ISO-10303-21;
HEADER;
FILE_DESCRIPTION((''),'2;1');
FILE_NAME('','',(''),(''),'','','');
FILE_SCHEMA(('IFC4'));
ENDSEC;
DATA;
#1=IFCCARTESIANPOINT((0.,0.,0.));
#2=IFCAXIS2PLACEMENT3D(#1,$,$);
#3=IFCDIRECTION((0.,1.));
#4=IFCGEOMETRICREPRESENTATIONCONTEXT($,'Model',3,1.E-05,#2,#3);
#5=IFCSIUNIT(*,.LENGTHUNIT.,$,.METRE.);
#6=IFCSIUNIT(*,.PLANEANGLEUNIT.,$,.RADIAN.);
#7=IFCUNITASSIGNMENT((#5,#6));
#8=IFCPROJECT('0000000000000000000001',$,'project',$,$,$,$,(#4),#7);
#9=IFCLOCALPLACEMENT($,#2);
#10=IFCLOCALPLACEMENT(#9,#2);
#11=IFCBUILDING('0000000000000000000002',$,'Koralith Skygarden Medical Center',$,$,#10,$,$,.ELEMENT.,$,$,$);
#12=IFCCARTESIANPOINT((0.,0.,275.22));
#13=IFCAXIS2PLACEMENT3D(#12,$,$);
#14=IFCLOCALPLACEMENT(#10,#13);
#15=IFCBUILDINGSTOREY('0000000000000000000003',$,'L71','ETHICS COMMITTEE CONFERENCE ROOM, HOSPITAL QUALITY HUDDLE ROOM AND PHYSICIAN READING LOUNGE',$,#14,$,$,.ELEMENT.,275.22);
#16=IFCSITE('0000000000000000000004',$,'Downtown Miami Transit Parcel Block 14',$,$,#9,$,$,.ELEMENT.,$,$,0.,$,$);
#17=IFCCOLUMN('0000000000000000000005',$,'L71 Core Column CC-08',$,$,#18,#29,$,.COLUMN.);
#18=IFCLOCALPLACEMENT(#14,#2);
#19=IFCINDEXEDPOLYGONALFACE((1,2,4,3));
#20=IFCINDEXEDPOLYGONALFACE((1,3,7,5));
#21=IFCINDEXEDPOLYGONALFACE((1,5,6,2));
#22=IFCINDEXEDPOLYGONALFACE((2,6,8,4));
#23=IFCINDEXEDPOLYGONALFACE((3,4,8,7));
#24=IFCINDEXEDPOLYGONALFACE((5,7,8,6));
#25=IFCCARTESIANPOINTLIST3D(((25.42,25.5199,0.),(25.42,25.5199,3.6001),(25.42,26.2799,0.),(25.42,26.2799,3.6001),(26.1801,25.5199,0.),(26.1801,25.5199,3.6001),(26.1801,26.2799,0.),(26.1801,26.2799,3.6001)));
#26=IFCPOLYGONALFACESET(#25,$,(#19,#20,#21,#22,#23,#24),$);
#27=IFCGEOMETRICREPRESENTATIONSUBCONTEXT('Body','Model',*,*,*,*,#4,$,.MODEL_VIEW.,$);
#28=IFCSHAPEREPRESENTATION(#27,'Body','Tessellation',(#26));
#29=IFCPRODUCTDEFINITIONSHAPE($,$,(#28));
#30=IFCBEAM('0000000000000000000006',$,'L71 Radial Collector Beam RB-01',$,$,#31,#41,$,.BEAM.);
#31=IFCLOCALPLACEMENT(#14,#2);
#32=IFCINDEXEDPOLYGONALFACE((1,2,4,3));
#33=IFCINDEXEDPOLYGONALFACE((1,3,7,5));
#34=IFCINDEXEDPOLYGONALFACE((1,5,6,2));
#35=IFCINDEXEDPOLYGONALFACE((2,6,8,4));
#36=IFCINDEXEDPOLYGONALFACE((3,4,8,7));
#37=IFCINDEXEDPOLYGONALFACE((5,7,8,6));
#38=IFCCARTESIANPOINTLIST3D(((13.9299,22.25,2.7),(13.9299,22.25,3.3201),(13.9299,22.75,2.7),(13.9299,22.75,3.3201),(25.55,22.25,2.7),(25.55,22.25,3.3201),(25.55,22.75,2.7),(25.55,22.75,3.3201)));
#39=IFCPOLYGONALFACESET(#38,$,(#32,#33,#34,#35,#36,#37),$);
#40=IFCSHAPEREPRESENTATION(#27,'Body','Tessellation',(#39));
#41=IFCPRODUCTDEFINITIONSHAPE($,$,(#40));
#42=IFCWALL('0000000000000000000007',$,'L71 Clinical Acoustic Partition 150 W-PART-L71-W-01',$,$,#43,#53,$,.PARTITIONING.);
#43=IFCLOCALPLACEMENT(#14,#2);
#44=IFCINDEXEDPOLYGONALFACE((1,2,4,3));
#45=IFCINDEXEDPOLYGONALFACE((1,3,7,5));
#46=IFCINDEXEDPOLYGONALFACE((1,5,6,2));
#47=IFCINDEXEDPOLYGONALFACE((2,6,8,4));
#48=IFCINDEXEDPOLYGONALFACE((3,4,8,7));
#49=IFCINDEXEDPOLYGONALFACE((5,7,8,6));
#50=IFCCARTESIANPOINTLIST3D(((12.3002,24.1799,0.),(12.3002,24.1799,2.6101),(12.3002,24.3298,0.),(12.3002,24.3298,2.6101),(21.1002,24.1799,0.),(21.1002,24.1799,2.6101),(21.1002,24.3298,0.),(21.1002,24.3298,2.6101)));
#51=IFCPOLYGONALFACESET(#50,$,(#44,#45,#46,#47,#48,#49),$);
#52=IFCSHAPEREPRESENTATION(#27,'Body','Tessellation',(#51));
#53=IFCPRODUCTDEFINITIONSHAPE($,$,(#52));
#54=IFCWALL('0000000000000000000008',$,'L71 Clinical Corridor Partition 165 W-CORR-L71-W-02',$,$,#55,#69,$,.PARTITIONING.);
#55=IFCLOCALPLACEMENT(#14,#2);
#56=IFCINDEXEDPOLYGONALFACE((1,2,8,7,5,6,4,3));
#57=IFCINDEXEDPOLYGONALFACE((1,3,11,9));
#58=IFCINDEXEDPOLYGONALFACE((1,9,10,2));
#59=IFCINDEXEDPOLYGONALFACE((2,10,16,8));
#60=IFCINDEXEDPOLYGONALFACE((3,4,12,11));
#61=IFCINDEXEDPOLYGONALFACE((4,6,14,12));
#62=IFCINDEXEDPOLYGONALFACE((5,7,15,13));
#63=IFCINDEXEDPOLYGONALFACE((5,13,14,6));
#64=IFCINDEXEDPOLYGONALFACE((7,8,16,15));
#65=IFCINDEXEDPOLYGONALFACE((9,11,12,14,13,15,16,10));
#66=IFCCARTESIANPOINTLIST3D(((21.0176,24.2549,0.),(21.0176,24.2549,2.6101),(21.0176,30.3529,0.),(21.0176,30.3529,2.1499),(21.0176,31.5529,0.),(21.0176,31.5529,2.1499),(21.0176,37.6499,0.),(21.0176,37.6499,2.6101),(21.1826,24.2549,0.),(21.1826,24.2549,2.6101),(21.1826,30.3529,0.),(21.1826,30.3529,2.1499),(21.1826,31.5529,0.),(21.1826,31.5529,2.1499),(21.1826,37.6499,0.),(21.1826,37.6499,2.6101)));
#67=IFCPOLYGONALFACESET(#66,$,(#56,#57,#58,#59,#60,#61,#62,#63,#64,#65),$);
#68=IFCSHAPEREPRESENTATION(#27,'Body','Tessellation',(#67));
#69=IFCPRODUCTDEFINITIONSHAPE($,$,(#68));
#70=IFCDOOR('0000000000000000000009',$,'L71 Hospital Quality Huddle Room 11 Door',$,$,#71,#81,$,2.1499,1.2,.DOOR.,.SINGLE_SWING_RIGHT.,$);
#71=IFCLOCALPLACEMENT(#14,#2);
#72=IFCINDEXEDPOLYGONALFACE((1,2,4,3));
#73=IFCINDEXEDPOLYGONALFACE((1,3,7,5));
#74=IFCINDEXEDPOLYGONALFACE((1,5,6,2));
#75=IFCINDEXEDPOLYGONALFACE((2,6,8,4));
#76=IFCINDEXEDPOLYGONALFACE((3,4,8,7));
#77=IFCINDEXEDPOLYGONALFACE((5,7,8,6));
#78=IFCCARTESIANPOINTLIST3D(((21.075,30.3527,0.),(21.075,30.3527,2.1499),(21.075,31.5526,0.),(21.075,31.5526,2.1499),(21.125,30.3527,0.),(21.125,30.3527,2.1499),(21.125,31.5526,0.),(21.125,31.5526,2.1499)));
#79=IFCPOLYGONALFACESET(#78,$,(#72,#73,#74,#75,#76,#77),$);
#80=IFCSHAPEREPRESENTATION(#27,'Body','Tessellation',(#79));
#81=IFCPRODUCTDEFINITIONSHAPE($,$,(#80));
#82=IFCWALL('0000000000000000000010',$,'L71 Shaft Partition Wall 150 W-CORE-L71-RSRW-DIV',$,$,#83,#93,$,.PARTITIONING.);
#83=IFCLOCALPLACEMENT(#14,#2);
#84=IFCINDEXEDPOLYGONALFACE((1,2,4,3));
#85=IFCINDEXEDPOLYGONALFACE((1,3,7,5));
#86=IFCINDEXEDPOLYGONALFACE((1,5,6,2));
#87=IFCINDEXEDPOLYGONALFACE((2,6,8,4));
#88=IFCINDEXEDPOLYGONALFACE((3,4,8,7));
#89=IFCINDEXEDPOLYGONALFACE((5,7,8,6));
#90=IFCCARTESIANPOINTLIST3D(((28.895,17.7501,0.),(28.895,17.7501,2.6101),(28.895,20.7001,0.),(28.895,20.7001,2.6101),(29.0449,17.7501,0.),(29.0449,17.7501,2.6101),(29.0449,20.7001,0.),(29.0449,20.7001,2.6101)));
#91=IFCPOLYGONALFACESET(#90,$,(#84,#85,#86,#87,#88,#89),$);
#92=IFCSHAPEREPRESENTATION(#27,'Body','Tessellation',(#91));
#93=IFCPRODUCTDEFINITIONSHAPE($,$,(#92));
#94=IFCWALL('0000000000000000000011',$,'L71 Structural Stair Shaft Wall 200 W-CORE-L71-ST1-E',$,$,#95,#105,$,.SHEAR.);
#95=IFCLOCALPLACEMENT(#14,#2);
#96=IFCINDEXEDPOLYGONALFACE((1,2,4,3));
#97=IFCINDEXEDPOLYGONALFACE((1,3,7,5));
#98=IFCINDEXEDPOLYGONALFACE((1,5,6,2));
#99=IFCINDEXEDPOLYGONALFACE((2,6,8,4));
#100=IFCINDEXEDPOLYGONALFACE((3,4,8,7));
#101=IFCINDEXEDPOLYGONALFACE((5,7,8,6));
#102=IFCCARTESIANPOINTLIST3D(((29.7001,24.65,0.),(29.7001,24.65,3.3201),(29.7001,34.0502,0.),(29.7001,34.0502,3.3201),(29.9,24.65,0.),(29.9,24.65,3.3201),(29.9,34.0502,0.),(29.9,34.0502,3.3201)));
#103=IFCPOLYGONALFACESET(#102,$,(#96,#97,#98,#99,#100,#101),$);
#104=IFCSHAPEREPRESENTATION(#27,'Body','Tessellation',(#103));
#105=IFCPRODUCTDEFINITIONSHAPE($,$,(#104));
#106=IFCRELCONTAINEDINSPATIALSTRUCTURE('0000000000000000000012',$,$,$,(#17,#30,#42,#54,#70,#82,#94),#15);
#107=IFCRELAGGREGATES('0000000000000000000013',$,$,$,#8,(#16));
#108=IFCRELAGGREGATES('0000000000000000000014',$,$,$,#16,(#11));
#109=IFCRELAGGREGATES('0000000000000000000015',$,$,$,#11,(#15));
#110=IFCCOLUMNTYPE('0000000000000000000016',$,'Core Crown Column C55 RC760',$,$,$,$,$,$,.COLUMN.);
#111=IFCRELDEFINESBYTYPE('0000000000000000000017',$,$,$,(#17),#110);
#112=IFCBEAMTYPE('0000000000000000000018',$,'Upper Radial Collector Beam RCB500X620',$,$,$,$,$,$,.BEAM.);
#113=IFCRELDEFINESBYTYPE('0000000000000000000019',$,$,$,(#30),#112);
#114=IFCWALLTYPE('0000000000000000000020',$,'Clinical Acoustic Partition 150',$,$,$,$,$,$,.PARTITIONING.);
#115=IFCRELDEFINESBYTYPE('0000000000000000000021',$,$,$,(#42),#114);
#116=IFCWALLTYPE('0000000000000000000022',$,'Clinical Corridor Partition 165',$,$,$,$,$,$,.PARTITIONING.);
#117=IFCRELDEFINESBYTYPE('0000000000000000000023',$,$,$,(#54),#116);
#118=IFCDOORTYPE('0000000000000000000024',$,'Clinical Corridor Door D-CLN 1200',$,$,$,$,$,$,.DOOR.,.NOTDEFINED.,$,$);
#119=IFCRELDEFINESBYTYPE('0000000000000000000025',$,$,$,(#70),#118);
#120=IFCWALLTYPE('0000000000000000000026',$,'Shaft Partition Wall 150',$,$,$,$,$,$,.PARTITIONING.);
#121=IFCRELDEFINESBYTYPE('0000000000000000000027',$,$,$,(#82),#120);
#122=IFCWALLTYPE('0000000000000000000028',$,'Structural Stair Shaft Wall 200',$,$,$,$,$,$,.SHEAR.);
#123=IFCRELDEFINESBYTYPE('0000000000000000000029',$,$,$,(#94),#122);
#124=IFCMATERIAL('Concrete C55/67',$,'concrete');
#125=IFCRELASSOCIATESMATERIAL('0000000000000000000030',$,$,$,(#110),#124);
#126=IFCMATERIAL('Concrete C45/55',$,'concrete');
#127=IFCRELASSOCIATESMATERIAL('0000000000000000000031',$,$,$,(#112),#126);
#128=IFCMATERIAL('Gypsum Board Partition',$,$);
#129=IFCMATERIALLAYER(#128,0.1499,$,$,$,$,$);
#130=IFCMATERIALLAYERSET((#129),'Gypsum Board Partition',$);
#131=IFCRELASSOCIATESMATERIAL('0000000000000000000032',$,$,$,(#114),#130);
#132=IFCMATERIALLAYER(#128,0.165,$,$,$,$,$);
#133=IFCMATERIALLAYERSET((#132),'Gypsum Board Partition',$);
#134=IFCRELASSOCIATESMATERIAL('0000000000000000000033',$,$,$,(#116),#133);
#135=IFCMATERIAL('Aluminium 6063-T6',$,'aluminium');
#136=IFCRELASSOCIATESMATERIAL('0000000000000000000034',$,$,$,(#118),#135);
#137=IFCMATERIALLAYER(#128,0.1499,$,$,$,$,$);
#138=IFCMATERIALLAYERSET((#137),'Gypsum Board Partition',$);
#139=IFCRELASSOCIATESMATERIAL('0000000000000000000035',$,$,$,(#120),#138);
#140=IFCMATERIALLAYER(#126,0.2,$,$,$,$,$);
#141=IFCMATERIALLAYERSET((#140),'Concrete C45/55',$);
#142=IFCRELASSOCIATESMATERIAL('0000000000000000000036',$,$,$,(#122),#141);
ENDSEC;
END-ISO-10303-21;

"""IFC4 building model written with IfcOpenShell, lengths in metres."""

from ifc_helpers import new_model, si_unit, direction, frame, frame_2d, origin, origin_2d, place, context, subcontext, project, spatial, rectangle, extrude, material, layer, layer_set, material_profile, profile_set, type_object, element, fill, save


model = new_model("IFC4")

# Units and contexts
model_context = context("Model", 3, precision=1e-05, world=origin(), true_north=direction((0.0, 1.0)))
body_context = subcontext(model_context, "Body", "Model", "MODEL_VIEW")
ifc_project = project(units=[si_unit("LENGTHUNIT", "METRE"), si_unit("PLANEANGLEUNIT", "RADIAN")], contexts=[model_context])

# Site, building, storey
site_placement = place(None, origin())
site = spatial("IfcSite", under=ifc_project, at=site_placement, Name="Downtown Miami Transit Parcel Block 14", CompositionType="ELEMENT", RefElevation=0.0)
building_placement = place(site_placement, origin())
building = spatial("IfcBuilding", under=site, at=building_placement, Name="Koralith Skygarden Medical Center", CompositionType="ELEMENT")
storey_placement = place(building_placement, frame((0.0, 0.0, 275.22)))
storey = spatial("IfcBuildingStorey", under=building, at=storey_placement, Name="L71", Description="ETHICS COMMITTEE CONFERENCE ROOM, HOSPITAL QUALITY HUDDLE ROOM AND PHYSICIAN READING LOUNGE", CompositionType="ELEMENT", Elevation=275.22)

# Column
ifc_material_1 = material(Name="Concrete C55/67", Category="concrete")
ifc_material_profile_1 = material_profile(ifc_material_1, rectangle(XDim=0.76, YDim=0.76, at=origin_2d()), Name="RC760X760")
ifc_profile_set_1 = profile_set([ifc_material_profile_1], Name="Concrete C55/67")
column_type = type_object("IfcColumnType", Name="Core Crown Column C55 RC760", PredefinedType="COLUMN", material=ifc_profile_set_1)
column_placement = place(storey_placement, frame((25.8, 25.8999, 0.0), z_axis=(0.0, 0.0, 1.0), x_axis=(1.0, 0.0, 0.0)))
element("IfcColumn", 1, at=column_placement, inside=storey, type_object=column_type, Name="L71 Core Column CC-08", PredefinedType="COLUMN", context=body_context, shape_type="SweptSolid", body=[
    extrude(rectangle(XDim=0.76, YDim=0.76, at=origin_2d()), origin(), (0.0, 0.0, 1.0), 3.6001),
])

# Beam
ifc_material_2 = material(Name="Concrete C45/55", Category="concrete")
ifc_material_profile_2 = material_profile(ifc_material_2, rectangle(XDim=0.5, YDim=0.6201, at=origin_2d()), Name="RCB500X620")
ifc_profile_set_2 = profile_set([ifc_material_profile_2], Name="Concrete C45/55")
beam_type = type_object("IfcBeamType", Name="Upper Radial Collector Beam RCB500X620", PredefinedType="BEAM", material=ifc_profile_set_2)
beam_placement = place(storey_placement, frame((25.55, 22.5, 3.01), z_axis=(-1.0, 0.0, 0.0), x_axis=(0.0, -1.0, 0.0)))
element("IfcBeam", 2, at=beam_placement, inside=storey, type_object=beam_type, Name="L71 Radial Collector Beam RB-01", PredefinedType="BEAM", context=body_context, shape_type="SweptSolid", body=[
    extrude(rectangle(XDim=0.5, YDim=0.6201, at=origin_2d()), origin(), (0.0, 0.0, 1.0), 11.6201),
])

# Wall
ifc_material_3 = material(Name="Gypsum Board Partition")
ifc_layer_1 = layer(ifc_material_3, 0.1499)
ifc_layer_set_1 = layer_set([ifc_layer_1], Name="Gypsum Board Partition")
wall_type_1 = type_object("IfcWallType", Name="Clinical Acoustic Partition 150", PredefinedType="PARTITIONING", material=ifc_layer_set_1)
wall_1_placement = place(storey_placement, frame((21.1001, 24.2549, 0.0), z_axis=(0.0, 0.0, 1.0), x_axis=(-1.0, 0.0, 0.0)))
element("IfcWall", 3, at=wall_1_placement, inside=storey, type_object=wall_type_1, Name="L71 Clinical Acoustic Partition 150 W-PART-L71-W-01", PredefinedType="PARTITIONING", context=body_context, shape_type="SweptSolid", body=[
    extrude(rectangle(XDim=8.8, YDim=0.1499, at=frame_2d((4.3999, 0.0))), origin(), (0.0, 0.0, 1.0), 2.6101),
])

# Wall, opening, door
ifc_layer_2 = layer(ifc_material_3, 0.165)
ifc_layer_set_2 = layer_set([ifc_layer_2], Name="Gypsum Board Partition")
wall_type_2 = type_object("IfcWallType", Name="Clinical Corridor Partition 165", PredefinedType="PARTITIONING", material=ifc_layer_set_2)
wall_2_placement = place(storey_placement, frame((21.1001, 24.2549, 0.0), z_axis=(0.0, 0.0, 1.0), x_axis=(0.0, 1.0, 0.0)))
wall_2 = element("IfcWall", 4, at=wall_2_placement, inside=storey, type_object=wall_type_2, Name="L71 Clinical Corridor Partition 165 W-CORR-L71-W-02", PredefinedType="PARTITIONING", context=body_context, shape_type="SweptSolid", body=[
    extrude(rectangle(XDim=13.395, YDim=0.165, at=frame_2d((6.6975, 0.0))), origin(), (0.0, 0.0, 1.0), 2.6101),
])
opening_1_placement = place(wall_2_placement, frame((6.0979, 0.0, 0.0)))
opening_1 = element("IfcOpeningElement", 5, at=opening_1_placement, cuts=wall_2, PredefinedType="OPENING", context=body_context, shape_type="SweptSolid", body=[
    extrude(rectangle(XDim=1.2, YDim=2.1499, at=frame_2d((0.6001, 1.075))), frame((0.0, 0.0925, 0.0), z_axis=(0.0, -1.0, 0.0), x_axis=(1.0, 0.0, 0.0)), (0.0, 0.0, 1.0), 0.1851),
])
ifc_material_4 = material(Name="Aluminium 6063-T6", Category="aluminium")
door_type_1 = type_object("IfcDoorType", Name="Clinical Corridor Door D-CLN 1200", OperationType="NOTDEFINED", PredefinedType="DOOR", material=ifc_material_4)
door_1_placement = place(opening_1_placement, frame((1.2, 0.0, 0.0), z_axis=(0.0, 0.0, 1.0), x_axis=(-1.0, 0.0, 0.0)))
door_1 = element("IfcDoor", 6, at=door_1_placement, inside=storey, type_object=door_type_1, Name="L71 Hospital Quality Huddle Room 11 Door", OperationType="SINGLE_SWING_RIGHT", OverallHeight=2.1499, OverallWidth=1.2, PredefinedType="DOOR", context=body_context, shape_type="SweptSolid", body=[
    extrude(rectangle(XDim=1.2, YDim=2.1499, at=frame_2d((0.6001, 1.075))), frame((0.0, 0.0249, 0.0), z_axis=(0.0, -1.0, 0.0), x_axis=(1.0, 0.0, 0.0)), (0.0, 0.0, 1.0), 0.05),
])
fill(opening_1, door_1)

# Walls
ifc_layer_3 = layer(ifc_material_3, 0.1499)
ifc_layer_set_3 = layer_set([ifc_layer_3], Name="Gypsum Board Partition")
wall_type_3 = type_object("IfcWallType", Name="Shaft Partition Wall 150", PredefinedType="PARTITIONING", material=ifc_layer_set_3)
wall_3_placement = place(storey_placement, frame((28.97, 17.75, 0.0), z_axis=(0.0, 0.0, 1.0), x_axis=(0.0, 1.0, 0.0)))
element("IfcWall", 7, at=wall_3_placement, inside=storey, type_object=wall_type_3, Name="L71 Shaft Partition Wall 150 W-CORE-L71-RSRW-DIV", PredefinedType="PARTITIONING", context=body_context, shape_type="SweptSolid", body=[
    extrude(rectangle(XDim=2.95, YDim=0.1499, at=frame_2d((1.4751, 0.0))), origin(), (0.0, 0.0, 1.0), 2.6101),
])
ifc_layer_4 = layer(ifc_material_2, 0.2)
ifc_layer_set_4 = layer_set([ifc_layer_4], Name="Concrete C45/55")
wall_type_4 = type_object("IfcWallType", Name="Structural Stair Shaft Wall 200", PredefinedType="SHEAR", material=ifc_layer_set_4)
wall_4_placement = place(storey_placement, frame((29.8, 24.6499, 0.0), z_axis=(0.0, 0.0, 1.0), x_axis=(0.0, 1.0, 0.0)))
element("IfcWall", 8, at=wall_4_placement, inside=storey, type_object=wall_type_4, Name="L71 Structural Stair Shaft Wall 200 W-CORE-L71-ST1-E", PredefinedType="SHEAR", context=body_context, shape_type="SweptSolid", body=[
    extrude(rectangle(XDim=9.4001, YDim=0.2, at=frame_2d((4.7002, 0.0))), origin(), (0.0, 0.0, 1.0), 3.3201),
])

save(model, "model.ifc")
